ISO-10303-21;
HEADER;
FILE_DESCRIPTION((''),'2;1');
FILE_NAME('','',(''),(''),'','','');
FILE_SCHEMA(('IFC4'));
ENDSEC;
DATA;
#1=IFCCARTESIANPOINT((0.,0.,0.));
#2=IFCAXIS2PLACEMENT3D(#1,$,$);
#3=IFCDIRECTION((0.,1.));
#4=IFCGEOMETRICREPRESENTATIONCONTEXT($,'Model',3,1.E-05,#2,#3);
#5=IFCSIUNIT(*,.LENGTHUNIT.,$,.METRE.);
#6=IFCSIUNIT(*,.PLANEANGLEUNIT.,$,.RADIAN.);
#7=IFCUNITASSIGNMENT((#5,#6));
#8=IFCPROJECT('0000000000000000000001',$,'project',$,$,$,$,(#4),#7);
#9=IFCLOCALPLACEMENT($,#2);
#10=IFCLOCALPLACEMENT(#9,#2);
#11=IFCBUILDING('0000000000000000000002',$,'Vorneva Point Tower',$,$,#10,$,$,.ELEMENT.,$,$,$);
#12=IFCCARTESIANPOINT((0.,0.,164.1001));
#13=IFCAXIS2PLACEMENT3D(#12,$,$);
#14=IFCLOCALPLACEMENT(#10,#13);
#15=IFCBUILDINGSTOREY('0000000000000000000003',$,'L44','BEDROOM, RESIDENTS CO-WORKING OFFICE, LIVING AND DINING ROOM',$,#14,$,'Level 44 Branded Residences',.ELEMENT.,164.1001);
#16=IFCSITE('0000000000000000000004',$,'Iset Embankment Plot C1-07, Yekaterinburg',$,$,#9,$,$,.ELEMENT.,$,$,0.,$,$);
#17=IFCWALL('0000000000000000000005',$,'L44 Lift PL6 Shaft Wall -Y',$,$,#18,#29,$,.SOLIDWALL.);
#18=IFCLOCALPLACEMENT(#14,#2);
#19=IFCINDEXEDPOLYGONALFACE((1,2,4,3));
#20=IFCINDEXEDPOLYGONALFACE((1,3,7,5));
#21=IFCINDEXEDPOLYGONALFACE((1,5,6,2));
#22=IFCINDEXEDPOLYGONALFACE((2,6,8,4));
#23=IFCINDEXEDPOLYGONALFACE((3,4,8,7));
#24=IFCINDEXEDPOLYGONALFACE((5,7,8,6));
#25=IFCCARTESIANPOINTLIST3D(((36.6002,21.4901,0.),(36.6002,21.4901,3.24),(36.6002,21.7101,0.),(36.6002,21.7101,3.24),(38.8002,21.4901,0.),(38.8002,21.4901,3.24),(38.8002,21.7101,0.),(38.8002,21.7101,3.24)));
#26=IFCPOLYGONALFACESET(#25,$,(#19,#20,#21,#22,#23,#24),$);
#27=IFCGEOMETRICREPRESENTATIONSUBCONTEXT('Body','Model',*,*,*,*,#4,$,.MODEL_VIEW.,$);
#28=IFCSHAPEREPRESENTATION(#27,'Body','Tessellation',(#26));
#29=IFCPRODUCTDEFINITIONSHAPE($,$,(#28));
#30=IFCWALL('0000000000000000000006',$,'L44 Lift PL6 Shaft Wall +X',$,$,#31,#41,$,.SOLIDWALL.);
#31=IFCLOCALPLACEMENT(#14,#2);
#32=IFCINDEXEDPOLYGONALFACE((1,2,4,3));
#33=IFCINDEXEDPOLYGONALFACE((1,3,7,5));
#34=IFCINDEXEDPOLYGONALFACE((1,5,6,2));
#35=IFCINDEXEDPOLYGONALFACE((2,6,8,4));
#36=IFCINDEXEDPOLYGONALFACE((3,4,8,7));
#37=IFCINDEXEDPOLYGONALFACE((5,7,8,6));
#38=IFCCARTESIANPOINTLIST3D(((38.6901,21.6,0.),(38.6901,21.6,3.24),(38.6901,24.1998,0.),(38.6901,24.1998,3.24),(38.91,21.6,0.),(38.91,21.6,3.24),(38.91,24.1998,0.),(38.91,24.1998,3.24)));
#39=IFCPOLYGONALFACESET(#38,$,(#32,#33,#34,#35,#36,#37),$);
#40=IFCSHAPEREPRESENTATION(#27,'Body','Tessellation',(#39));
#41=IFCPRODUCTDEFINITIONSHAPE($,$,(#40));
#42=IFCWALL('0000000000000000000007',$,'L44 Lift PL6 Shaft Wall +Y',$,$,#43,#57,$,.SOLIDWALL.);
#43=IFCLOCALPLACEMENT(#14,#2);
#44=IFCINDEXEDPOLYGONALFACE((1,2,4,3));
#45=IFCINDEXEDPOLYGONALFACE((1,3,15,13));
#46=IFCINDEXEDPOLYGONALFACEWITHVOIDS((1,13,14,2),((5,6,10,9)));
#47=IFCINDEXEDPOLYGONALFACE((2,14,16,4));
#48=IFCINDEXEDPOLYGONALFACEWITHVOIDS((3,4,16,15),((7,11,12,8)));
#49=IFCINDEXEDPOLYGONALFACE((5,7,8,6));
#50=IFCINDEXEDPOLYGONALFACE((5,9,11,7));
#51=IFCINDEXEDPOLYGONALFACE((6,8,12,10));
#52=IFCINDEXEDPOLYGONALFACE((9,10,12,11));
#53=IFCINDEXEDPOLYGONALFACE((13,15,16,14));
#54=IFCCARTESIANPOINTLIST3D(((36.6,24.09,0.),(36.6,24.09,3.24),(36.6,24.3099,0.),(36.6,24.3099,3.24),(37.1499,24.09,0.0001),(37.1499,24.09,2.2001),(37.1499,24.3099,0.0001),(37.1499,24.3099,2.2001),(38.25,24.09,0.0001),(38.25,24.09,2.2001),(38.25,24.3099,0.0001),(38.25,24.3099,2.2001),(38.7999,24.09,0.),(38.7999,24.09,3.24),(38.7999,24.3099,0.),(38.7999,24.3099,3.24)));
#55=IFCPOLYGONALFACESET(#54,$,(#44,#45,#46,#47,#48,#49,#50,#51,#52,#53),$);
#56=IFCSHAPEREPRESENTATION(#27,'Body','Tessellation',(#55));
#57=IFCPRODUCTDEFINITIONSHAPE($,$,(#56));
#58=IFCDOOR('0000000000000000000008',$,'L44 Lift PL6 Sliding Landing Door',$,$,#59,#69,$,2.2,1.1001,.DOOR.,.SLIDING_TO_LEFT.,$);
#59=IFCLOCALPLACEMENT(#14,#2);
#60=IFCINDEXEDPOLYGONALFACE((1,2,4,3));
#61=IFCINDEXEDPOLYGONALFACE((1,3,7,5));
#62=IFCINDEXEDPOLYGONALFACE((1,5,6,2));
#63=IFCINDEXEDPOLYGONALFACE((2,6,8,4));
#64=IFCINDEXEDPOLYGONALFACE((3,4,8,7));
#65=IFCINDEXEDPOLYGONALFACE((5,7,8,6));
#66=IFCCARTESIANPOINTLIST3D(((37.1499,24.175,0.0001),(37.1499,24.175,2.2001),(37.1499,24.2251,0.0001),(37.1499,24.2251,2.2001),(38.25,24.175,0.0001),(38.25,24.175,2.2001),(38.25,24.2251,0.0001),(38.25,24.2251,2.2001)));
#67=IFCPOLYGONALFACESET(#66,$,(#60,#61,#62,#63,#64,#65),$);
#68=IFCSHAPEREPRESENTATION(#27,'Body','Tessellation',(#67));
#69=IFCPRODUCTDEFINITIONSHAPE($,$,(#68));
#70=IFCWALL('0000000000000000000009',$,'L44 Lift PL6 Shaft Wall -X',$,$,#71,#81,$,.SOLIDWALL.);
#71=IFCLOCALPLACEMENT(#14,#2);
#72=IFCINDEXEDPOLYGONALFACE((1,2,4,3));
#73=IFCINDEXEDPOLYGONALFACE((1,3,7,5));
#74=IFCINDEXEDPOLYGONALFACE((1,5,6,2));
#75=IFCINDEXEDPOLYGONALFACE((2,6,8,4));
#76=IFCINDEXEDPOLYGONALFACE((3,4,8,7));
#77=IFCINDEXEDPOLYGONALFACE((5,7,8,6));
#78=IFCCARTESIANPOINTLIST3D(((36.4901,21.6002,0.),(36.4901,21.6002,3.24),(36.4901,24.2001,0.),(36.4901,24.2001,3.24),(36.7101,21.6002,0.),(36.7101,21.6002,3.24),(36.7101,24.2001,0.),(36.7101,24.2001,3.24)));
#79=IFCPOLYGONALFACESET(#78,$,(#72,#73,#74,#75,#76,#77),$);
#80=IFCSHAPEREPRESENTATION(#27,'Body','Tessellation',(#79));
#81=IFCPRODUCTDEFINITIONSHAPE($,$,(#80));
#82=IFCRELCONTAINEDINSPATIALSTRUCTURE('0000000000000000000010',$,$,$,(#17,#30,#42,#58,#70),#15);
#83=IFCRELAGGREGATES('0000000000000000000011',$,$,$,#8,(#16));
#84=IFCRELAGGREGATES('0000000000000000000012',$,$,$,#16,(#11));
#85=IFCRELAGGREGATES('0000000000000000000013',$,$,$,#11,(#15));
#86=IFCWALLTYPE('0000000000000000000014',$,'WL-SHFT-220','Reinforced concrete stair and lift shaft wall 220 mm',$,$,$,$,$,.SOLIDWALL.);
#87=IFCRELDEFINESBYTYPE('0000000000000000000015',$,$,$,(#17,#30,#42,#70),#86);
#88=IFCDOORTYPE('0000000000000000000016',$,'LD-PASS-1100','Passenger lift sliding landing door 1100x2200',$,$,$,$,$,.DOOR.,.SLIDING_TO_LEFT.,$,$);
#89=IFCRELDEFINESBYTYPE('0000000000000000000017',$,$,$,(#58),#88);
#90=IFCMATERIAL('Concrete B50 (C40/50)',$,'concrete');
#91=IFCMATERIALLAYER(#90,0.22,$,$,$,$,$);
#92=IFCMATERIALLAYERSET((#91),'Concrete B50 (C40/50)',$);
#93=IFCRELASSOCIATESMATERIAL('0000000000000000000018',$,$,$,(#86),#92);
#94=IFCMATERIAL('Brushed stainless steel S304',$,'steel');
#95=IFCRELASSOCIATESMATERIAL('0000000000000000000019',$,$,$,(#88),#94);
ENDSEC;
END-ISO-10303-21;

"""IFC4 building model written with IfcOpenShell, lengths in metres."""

from ifc_helpers import new_model, si_unit, direction, frame, frame_2d, origin, place, context, subcontext, project, spatial, rectangle, extrude, material, layer, layer_set, type_object, element, fill, save


model = new_model("IFC4")

# Units and contexts
model_context = context("Model", 3, precision=1e-05, world=origin(), true_north=direction((0.0, 1.0)))
body_context = subcontext(model_context, "Body", "Model", "MODEL_VIEW")
ifc_project = project(units=[si_unit("LENGTHUNIT", "METRE"), si_unit("PLANEANGLEUNIT", "RADIAN")], contexts=[model_context])

# Site, building, storey
site_placement = place(None, origin())
site = spatial("IfcSite", under=ifc_project, at=site_placement, Name="Iset Embankment Plot C1-07, Yekaterinburg", CompositionType="ELEMENT", RefElevation=0.0)
building_placement = place(site_placement, origin())
building = spatial("IfcBuilding", under=site, at=building_placement, Name="Vorneva Point Tower", CompositionType="ELEMENT")
storey_placement = place(building_placement, frame((0.0, 0.0, 164.1001)))
storey = spatial("IfcBuildingStorey", under=building, at=storey_placement, Name="L44", Description="BEDROOM, RESIDENTS CO-WORKING OFFICE, LIVING AND DINING ROOM", LongName="Level 44 Branded Residences", CompositionType="ELEMENT", Elevation=164.1001)

# Walls
ifc_material_1 = material(Name="Concrete B50 (C40/50)", Category="concrete")
ifc_layer_1 = layer(ifc_material_1, 0.22)
ifc_layer_set_1 = layer_set([ifc_layer_1], Name="Concrete B50 (C40/50)")
wall_type_1 = type_object("IfcWallType", Name="WL-SHFT-220", Description="Reinforced concrete stair and lift shaft wall 220 mm", PredefinedType="SOLIDWALL", material=ifc_layer_set_1)
wall_1_placement = place(storey_placement, frame((36.6001, 21.6001, 0.0), z_axis=(0.0, 0.0, 1.0), x_axis=(1.0, 0.0, 0.0)))
element("IfcWall", 1, at=wall_1_placement, inside=storey, type_object=wall_type_1, Name="L44 Lift PL6 Shaft Wall -Y", PredefinedType="SOLIDWALL", context=body_context, shape_type="SweptSolid", body=[
    extrude(rectangle(XDim=2.2, YDim=0.22, at=frame_2d((1.1001, 0.0))), origin(), (0.0, 0.0, 1.0), 3.24),
])
wall_2_placement = place(storey_placement, frame((38.8, 21.6001, 0.0), z_axis=(0.0, 0.0, 1.0), x_axis=(0.0, 1.0, 0.0)))
element("IfcWall", 2, at=wall_2_placement, inside=storey, type_object=wall_type_1, Name="L44 Lift PL6 Shaft Wall +X", PredefinedType="SOLIDWALL", context=body_context, shape_type="SweptSolid", body=[
    extrude(rectangle(XDim=2.5999, YDim=0.22, at=frame_2d((1.2998, 0.0))), origin(), (0.0, 0.0, 1.0), 3.24),
])

# Wall, opening, door
wall_3_placement = place(storey_placement, frame((38.8, 24.2, 0.0), z_axis=(0.0, 0.0, 1.0), x_axis=(-1.0, 0.0, 0.0)))
wall_3 = element("IfcWall", 3, at=wall_3_placement, inside=storey, type_object=wall_type_1, Name="L44 Lift PL6 Shaft Wall +Y", PredefinedType="SOLIDWALL", context=body_context, shape_type="SweptSolid", body=[
    extrude(rectangle(XDim=2.2, YDim=0.22, at=frame_2d((1.1001, 0.0))), origin(), (0.0, 0.0, 1.0), 3.24),
])
opening_1_placement = place(wall_3_placement, frame((0.55, 0.0, 0.0)))
opening_1 = element("IfcOpeningElement", 4, at=opening_1_placement, cuts=wall_3, PredefinedType="OPENING", context=body_context, shape_type="SweptSolid", body=[
    extrude(rectangle(XDim=1.1001, YDim=2.2, at=frame_2d((0.55, 1.1001))), frame((0.0, 0.125, 0.0), z_axis=(0.0, -1.0, 0.0), x_axis=(1.0, 0.0, 0.0)), (0.0, 0.0, 1.0), 0.2498),
])
ifc_material_2 = material(Name="Brushed stainless steel S304", Category="steel")
door_type_1 = type_object("IfcDoorType", Name="LD-PASS-1100", Description="Passenger lift sliding landing door 1100x2200", OperationType="SLIDING_TO_LEFT", PredefinedType="DOOR", material=ifc_material_2)
door_1_placement = place(opening_1_placement, origin())
door_1 = element("IfcDoor", 5, at=door_1_placement, inside=storey, type_object=door_type_1, Name="L44 Lift PL6 Sliding Landing Door", OperationType="SLIDING_TO_LEFT", OverallHeight=2.2, OverallWidth=1.1001, PredefinedType="DOOR", context=body_context, shape_type="SweptSolid", body=[
    extrude(rectangle(XDim=1.1001, YDim=2.2, at=frame_2d((0.55, 1.1001))), frame((0.0, 0.0249, 0.0), z_axis=(0.0, -1.0, 0.0), x_axis=(1.0, 0.0, 0.0)), (0.0, 0.0, 1.0), 0.05),
])
fill(opening_1, door_1)

# Wall
wall_4_placement = place(storey_placement, frame((36.6001, 24.2, 0.0), z_axis=(0.0, 0.0, 1.0), x_axis=(0.0, -1.0, 0.0)))
element("IfcWall", 6, at=wall_4_placement, inside=storey, type_object=wall_type_1, Name="L44 Lift PL6 Shaft Wall -X", PredefinedType="SOLIDWALL", context=body_context, shape_type="SweptSolid", body=[
    extrude(rectangle(XDim=2.5999, YDim=0.22, at=frame_2d((1.2998, 0.0))), origin(), (0.0, 0.0, 1.0), 3.24),
])

save(model, "model.ifc")
